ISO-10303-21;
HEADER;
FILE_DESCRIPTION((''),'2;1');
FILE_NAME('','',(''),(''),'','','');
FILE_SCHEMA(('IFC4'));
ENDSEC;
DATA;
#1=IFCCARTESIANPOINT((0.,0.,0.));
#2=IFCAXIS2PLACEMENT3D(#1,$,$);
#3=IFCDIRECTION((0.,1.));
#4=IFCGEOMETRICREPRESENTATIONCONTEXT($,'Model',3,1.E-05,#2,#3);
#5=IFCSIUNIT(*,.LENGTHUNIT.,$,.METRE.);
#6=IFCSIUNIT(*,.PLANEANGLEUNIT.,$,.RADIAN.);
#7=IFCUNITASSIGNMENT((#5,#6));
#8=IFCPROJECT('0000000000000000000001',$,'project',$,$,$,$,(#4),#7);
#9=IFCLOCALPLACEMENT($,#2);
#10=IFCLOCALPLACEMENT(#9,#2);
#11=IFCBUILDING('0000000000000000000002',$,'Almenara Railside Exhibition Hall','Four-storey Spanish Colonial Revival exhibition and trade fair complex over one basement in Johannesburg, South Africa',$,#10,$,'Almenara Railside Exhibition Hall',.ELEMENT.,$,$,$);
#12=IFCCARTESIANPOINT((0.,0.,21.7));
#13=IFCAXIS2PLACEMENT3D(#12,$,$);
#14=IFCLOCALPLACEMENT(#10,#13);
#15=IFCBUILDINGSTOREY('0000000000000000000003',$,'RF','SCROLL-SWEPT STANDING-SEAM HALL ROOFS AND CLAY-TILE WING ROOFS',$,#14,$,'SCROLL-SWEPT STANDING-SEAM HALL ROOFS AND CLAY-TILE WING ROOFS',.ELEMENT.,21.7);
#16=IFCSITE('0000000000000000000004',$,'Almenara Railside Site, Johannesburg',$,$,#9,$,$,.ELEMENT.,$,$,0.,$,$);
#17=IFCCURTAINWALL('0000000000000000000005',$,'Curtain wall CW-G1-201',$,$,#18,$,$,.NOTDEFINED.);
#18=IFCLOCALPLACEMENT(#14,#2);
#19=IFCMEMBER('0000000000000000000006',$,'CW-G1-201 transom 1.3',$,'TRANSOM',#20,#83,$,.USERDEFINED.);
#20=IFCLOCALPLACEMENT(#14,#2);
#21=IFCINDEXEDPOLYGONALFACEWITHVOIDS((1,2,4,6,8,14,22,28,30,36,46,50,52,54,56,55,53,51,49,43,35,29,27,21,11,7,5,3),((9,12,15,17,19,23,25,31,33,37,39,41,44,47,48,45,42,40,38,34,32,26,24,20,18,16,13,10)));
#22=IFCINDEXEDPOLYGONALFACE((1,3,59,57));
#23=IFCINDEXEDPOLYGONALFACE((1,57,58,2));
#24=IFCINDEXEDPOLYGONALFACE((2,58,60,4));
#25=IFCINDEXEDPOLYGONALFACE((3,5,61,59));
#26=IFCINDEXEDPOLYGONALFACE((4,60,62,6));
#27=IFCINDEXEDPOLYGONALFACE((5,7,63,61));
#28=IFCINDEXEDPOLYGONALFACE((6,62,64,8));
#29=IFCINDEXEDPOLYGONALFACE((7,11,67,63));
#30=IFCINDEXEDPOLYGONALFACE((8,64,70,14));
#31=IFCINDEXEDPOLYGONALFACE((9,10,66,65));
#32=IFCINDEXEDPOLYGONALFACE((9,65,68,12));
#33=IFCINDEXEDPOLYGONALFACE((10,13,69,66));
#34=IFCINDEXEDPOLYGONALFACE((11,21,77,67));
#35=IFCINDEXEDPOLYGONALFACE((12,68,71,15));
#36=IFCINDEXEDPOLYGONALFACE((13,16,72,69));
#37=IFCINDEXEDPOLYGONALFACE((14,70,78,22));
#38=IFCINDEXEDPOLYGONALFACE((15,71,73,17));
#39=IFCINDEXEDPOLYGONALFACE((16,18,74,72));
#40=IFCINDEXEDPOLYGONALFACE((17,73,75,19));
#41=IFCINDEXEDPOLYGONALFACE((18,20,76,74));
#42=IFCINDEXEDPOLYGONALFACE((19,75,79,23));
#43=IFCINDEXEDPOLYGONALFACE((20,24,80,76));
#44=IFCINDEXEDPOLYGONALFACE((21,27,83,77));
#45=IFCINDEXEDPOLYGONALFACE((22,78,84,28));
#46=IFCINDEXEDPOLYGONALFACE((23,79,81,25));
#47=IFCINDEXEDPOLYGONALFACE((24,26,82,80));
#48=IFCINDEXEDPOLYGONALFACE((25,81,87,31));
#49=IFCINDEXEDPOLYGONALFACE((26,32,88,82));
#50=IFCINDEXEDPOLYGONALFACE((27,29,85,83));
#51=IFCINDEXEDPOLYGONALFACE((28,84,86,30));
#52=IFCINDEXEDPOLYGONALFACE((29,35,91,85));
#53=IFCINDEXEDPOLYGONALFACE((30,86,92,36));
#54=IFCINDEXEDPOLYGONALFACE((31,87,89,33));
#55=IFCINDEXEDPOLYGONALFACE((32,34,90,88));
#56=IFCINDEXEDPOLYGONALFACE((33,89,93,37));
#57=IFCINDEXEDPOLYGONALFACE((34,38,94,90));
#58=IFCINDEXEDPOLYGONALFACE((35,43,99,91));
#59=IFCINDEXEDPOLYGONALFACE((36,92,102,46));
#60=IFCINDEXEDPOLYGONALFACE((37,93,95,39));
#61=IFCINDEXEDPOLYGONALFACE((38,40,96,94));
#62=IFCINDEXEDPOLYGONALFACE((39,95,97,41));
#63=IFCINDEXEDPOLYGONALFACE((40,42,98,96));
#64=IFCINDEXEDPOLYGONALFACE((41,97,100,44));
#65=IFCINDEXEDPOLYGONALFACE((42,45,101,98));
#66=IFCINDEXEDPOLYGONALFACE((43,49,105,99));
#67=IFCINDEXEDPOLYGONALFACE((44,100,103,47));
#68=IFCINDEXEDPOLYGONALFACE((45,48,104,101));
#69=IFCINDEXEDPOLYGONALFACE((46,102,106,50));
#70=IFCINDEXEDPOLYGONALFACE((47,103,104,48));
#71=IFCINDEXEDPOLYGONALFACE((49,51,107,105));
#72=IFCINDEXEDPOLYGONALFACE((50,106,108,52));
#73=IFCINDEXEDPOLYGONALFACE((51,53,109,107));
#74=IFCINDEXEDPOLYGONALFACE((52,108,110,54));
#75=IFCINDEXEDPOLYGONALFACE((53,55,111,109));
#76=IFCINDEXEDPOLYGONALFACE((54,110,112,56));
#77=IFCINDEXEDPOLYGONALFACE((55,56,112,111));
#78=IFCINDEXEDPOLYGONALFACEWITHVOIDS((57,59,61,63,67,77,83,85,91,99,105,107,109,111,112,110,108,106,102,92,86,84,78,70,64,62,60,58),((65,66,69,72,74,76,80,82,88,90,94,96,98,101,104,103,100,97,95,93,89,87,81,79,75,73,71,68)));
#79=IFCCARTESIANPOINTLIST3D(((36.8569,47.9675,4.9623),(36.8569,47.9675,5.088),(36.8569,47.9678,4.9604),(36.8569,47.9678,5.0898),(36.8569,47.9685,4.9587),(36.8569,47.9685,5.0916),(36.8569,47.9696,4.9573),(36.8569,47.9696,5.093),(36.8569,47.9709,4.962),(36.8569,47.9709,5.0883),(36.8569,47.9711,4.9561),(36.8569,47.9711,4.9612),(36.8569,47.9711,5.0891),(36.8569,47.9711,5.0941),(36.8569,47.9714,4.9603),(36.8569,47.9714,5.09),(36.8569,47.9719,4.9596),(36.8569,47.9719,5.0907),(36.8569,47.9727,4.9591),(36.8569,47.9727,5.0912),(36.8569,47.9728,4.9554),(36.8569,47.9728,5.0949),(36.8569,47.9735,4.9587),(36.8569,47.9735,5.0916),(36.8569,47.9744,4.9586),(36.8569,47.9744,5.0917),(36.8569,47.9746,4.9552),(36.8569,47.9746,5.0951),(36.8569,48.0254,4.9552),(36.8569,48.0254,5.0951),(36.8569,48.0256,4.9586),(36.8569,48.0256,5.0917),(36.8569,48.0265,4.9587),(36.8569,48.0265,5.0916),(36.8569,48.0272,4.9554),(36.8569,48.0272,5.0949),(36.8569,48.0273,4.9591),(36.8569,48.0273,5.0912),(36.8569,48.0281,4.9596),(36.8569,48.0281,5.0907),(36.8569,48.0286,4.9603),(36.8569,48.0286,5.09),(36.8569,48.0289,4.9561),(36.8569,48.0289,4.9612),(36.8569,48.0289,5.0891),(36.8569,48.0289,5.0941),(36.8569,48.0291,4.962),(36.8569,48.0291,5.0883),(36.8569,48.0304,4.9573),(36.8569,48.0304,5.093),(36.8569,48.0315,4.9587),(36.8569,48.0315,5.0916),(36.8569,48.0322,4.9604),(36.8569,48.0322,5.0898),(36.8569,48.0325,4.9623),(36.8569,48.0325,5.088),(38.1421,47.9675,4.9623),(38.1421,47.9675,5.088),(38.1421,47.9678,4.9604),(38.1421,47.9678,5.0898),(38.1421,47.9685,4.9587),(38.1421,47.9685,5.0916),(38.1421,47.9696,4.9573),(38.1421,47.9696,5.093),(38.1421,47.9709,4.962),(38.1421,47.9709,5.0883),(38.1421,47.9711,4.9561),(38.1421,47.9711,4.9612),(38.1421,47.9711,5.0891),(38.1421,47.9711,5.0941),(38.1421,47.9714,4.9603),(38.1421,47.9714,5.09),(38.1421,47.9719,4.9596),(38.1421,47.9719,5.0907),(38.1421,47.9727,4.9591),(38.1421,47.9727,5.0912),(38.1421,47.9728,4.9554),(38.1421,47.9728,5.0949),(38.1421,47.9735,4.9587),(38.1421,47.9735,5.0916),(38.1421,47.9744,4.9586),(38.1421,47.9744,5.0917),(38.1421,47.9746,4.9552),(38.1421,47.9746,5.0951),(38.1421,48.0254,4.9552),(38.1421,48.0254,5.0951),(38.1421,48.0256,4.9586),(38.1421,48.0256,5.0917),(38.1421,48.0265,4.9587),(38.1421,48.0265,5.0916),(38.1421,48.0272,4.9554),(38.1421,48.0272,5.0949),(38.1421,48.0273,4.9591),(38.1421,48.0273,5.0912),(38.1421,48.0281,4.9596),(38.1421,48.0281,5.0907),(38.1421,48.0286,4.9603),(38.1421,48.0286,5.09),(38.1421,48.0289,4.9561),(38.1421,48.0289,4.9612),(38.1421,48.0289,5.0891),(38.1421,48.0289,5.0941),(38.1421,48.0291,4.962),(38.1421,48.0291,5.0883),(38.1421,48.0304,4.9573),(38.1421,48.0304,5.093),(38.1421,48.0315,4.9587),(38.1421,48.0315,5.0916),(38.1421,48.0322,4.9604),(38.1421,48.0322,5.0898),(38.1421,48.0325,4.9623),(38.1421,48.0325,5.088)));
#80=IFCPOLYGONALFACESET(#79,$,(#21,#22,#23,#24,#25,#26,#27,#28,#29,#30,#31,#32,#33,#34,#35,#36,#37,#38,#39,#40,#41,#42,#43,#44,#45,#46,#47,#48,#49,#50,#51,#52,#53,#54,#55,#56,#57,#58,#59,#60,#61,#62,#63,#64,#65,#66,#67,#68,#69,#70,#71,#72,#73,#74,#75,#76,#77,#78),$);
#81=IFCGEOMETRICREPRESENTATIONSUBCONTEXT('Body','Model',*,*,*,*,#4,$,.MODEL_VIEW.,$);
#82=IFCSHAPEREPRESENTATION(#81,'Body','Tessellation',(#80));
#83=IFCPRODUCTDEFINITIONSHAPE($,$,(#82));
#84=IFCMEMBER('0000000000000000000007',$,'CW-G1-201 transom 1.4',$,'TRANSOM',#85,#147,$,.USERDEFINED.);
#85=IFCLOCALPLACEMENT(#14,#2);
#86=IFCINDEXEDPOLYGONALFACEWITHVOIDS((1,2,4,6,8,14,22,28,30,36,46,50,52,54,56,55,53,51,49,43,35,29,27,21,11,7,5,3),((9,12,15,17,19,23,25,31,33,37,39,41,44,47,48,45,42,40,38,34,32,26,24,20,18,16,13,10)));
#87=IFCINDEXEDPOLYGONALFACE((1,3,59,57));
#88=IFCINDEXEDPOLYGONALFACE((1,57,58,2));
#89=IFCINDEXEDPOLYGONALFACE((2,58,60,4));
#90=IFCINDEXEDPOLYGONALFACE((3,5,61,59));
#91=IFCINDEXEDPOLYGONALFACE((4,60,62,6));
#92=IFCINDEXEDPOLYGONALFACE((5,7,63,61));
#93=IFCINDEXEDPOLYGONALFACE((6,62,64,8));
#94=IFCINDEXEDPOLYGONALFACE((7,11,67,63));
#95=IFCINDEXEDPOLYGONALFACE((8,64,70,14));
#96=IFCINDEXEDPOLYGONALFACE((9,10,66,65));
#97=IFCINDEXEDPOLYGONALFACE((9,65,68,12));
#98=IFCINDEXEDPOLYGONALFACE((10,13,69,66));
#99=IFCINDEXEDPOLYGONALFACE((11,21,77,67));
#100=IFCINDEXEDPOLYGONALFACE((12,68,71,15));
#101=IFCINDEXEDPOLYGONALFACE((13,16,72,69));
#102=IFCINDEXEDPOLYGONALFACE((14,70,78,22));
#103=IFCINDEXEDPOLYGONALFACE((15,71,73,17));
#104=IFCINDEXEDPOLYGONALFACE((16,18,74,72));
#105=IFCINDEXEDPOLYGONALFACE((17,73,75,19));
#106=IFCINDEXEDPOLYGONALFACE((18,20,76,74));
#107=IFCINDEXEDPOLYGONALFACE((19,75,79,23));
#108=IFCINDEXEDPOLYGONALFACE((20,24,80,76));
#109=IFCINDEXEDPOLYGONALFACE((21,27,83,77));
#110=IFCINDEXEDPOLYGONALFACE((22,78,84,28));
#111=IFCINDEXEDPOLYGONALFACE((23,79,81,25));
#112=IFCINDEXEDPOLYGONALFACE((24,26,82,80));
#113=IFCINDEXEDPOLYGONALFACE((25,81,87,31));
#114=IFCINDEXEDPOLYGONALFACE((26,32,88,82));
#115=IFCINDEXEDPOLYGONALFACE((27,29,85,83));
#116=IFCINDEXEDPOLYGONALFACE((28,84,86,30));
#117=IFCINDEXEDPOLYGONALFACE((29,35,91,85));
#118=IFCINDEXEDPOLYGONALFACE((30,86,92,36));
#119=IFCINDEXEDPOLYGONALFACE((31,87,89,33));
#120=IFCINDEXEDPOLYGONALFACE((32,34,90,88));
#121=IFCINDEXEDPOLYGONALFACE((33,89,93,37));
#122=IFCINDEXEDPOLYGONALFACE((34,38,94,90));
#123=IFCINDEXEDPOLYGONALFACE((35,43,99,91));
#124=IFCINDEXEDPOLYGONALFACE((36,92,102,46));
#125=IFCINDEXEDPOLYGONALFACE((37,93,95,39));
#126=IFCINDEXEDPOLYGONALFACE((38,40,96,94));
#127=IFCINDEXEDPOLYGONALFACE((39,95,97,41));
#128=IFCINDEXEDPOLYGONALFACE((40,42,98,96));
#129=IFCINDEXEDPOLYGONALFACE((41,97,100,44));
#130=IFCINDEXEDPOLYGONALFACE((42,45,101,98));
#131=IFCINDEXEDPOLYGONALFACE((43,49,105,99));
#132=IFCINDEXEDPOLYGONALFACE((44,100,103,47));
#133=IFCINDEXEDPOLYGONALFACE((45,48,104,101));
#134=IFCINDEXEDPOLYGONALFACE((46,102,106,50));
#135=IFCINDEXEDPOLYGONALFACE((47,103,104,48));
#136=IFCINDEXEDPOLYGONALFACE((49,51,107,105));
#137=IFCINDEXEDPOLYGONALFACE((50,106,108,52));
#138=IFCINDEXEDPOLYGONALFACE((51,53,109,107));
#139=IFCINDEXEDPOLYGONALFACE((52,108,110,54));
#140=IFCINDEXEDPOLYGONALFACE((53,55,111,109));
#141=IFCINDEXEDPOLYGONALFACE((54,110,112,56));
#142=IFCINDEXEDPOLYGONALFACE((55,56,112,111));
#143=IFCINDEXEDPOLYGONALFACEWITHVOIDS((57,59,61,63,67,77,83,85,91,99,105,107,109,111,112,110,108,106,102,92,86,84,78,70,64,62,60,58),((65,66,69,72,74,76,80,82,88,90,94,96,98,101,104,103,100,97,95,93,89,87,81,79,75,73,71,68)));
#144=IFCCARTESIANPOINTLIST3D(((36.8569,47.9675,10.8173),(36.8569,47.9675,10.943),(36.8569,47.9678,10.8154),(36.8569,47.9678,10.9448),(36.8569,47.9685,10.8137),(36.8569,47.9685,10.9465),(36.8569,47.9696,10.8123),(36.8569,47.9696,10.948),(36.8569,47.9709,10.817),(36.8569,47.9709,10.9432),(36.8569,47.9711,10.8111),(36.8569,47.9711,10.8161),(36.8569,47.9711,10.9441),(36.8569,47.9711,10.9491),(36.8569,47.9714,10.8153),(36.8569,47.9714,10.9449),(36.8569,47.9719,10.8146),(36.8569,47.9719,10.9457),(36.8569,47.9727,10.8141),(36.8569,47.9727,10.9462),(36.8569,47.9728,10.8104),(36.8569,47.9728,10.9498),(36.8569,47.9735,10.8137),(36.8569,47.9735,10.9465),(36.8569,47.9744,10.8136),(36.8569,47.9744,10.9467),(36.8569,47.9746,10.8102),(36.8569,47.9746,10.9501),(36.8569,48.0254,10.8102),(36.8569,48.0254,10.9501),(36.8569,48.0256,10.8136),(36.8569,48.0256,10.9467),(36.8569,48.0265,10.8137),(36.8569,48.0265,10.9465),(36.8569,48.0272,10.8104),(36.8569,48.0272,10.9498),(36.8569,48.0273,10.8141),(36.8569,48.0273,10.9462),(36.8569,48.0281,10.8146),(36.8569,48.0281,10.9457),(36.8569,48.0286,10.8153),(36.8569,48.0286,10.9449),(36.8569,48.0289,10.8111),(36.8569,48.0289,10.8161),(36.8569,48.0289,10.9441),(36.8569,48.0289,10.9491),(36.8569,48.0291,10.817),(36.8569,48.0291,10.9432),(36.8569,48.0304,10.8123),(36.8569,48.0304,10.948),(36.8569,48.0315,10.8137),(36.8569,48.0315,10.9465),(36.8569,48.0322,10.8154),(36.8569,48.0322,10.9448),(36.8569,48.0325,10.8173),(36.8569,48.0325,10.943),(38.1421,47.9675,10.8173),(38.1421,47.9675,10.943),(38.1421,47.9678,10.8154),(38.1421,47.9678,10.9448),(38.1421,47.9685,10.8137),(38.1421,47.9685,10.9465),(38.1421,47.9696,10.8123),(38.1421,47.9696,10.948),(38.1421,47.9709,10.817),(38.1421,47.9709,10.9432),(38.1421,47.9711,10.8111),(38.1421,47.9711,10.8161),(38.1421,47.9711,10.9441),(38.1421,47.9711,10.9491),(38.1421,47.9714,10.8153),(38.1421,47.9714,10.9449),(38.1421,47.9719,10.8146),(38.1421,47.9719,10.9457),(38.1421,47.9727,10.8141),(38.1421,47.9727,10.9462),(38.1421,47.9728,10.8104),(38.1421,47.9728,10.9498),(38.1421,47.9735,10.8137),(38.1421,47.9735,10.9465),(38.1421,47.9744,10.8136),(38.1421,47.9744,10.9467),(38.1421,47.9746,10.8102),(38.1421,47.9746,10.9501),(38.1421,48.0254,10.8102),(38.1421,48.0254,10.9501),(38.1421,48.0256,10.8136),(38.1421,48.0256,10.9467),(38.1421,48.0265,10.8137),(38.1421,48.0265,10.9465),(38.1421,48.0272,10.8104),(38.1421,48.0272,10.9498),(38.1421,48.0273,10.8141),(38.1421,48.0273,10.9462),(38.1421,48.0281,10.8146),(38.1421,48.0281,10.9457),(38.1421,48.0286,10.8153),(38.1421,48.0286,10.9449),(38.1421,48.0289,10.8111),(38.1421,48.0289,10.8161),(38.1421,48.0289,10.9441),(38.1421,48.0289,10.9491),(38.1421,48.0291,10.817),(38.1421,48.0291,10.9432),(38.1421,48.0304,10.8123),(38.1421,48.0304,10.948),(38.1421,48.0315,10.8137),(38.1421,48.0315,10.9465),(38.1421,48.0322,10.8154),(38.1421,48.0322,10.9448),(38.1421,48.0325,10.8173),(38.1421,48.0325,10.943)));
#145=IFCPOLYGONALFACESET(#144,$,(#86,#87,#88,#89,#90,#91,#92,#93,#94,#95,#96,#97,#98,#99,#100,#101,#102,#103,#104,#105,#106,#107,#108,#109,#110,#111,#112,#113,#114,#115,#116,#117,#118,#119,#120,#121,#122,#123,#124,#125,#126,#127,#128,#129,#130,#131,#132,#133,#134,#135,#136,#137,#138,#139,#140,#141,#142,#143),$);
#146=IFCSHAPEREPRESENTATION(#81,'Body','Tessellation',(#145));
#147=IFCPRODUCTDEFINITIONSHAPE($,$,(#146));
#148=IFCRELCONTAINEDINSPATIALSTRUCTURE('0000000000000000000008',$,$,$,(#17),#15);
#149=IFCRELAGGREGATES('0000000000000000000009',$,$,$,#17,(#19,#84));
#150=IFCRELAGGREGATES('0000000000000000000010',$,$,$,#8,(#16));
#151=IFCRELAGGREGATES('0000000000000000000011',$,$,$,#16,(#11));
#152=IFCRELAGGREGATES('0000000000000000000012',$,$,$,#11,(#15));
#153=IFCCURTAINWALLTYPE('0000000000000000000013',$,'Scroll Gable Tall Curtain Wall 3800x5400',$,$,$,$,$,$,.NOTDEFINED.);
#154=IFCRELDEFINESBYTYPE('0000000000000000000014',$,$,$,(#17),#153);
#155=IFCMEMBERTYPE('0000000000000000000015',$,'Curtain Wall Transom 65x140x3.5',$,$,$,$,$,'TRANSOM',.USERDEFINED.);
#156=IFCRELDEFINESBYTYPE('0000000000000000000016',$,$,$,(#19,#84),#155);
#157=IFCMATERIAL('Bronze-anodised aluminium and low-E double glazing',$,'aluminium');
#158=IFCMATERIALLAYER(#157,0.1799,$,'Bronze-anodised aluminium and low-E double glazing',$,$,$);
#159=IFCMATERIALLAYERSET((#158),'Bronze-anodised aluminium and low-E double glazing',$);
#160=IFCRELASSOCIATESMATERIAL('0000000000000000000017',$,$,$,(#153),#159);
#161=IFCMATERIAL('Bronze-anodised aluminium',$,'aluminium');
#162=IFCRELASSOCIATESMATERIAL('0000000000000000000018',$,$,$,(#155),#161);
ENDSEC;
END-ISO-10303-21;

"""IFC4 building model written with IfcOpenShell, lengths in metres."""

from ifc_helpers import new_model, si_unit, direction, frame, origin, origin_2d, place, context, subcontext, project, spatial, hollow_rectangle, extrude, material, layer, layer_set, material_profile, profile_set, type_object, element, aggregate, save


model = new_model("IFC4")

# Units and contexts
model_context = context("Model", 3, precision=1e-05, world=origin(), true_north=direction((0.0, 1.0)))
body_context = subcontext(model_context, "Body", "Model", "MODEL_VIEW")
ifc_project = project(units=[si_unit("LENGTHUNIT", "METRE"), si_unit("PLANEANGLEUNIT", "RADIAN")], contexts=[model_context])

# Site, building, storey
site_placement = place(None, origin())
site = spatial("IfcSite", under=ifc_project, at=site_placement, Name="Almenara Railside Site, Johannesburg", CompositionType="ELEMENT", RefElevation=0.0)
building_placement = place(site_placement, origin())
building = spatial("IfcBuilding", under=site, at=building_placement, Name="Almenara Railside Exhibition Hall", Description="Four-storey Spanish Colonial Revival exhibition and trade fair complex over one basement in Johannesburg, South Africa", LongName="Almenara Railside Exhibition Hall", CompositionType="ELEMENT")
storey_placement = place(building_placement, frame((0.0, 0.0, 21.7)))
storey = spatial("IfcBuildingStorey", under=building, at=storey_placement, Name="RF", Description="SCROLL-SWEPT STANDING-SEAM HALL ROOFS AND CLAY-TILE WING ROOFS", LongName="SCROLL-SWEPT STANDING-SEAM HALL ROOFS AND CLAY-TILE WING ROOFS", CompositionType="ELEMENT", Elevation=21.7)

# Curtain wall, members
ifc_material_1 = material(Name="Bronze-anodised aluminium and low-E double glazing", Category="aluminium")
ifc_layer_1 = layer(ifc_material_1, 0.1799, Name="Bronze-anodised aluminium and low-E double glazing")
ifc_layer_set_1 = layer_set([ifc_layer_1], Name="Bronze-anodised aluminium and low-E double glazing")
curtain_wall_type = type_object("IfcCurtainWallType", Name="Scroll Gable Tall Curtain Wall 3800x5400", PredefinedType="NOTDEFINED", material=ifc_layer_set_1)
ifc_material_2 = material(Name="Bronze-anodised aluminium", Category="aluminium")
curtain_wall_1_placement = place(storey_placement, origin())
curtain_wall_1 = element("IfcCurtainWall", 1, at=curtain_wall_1_placement, inside=storey, type_object=curtain_wall_type, Name="Curtain wall CW-G1-201", PredefinedType="NOTDEFINED")
ifc_material_profile_1 = material_profile(ifc_material_2, hollow_rectangle(XDim=0.0649, YDim=0.1399, WallThickness=0.0034, InnerFilletRadius=0.0034, OuterFilletRadius=0.0071, at=origin_2d()), Name="ALU-TRN 65x140x3.5")
ifc_profile_set_1 = profile_set([ifc_material_profile_1], Name="Bronze-anodised aluminium")
member_type_1 = type_object("IfcMemberType", Name="Curtain Wall Transom 65x140x3.5", ElementType="TRANSOM", PredefinedType="USERDEFINED", material=ifc_profile_set_1)
member_1_placement = place(storey_placement, frame((36.8569, 48.0, 5.0251), z_axis=(1.0, 0.0, 0.0), x_axis=(0.0, 1.0, 0.0)))
member_1 = element("IfcMember", 2, at=member_1_placement, type_object=member_type_1, Name="CW-G1-201 transom 1.3", ObjectType="TRANSOM", PredefinedType="USERDEFINED", context=body_context, shape_type="SweptSolid", body=[
    extrude(hollow_rectangle(XDim=0.0649, YDim=0.1399, WallThickness=0.0034, InnerFilletRadius=0.0034, OuterFilletRadius=0.0071, at=origin_2d()), origin(), (0.0, 0.0, 1.0), 1.2852),
])
member_2_placement = place(storey_placement, frame((36.8569, 48.0, 10.8801), z_axis=(1.0, 0.0, 0.0), x_axis=(0.0, 1.0, 0.0)))
member_2 = element("IfcMember", 3, at=member_2_placement, type_object=member_type_1, Name="CW-G1-201 transom 1.4", ObjectType="TRANSOM", PredefinedType="USERDEFINED", context=body_context, shape_type="SweptSolid", body=[
    extrude(hollow_rectangle(XDim=0.0649, YDim=0.1399, WallThickness=0.0034, InnerFilletRadius=0.0034, OuterFilletRadius=0.0071, at=origin_2d()), origin(), (0.0, 0.0, 1.0), 1.2852),
])

aggregate(curtain_wall_1, [member_1, member_2])

save(model, "model.ifc")
